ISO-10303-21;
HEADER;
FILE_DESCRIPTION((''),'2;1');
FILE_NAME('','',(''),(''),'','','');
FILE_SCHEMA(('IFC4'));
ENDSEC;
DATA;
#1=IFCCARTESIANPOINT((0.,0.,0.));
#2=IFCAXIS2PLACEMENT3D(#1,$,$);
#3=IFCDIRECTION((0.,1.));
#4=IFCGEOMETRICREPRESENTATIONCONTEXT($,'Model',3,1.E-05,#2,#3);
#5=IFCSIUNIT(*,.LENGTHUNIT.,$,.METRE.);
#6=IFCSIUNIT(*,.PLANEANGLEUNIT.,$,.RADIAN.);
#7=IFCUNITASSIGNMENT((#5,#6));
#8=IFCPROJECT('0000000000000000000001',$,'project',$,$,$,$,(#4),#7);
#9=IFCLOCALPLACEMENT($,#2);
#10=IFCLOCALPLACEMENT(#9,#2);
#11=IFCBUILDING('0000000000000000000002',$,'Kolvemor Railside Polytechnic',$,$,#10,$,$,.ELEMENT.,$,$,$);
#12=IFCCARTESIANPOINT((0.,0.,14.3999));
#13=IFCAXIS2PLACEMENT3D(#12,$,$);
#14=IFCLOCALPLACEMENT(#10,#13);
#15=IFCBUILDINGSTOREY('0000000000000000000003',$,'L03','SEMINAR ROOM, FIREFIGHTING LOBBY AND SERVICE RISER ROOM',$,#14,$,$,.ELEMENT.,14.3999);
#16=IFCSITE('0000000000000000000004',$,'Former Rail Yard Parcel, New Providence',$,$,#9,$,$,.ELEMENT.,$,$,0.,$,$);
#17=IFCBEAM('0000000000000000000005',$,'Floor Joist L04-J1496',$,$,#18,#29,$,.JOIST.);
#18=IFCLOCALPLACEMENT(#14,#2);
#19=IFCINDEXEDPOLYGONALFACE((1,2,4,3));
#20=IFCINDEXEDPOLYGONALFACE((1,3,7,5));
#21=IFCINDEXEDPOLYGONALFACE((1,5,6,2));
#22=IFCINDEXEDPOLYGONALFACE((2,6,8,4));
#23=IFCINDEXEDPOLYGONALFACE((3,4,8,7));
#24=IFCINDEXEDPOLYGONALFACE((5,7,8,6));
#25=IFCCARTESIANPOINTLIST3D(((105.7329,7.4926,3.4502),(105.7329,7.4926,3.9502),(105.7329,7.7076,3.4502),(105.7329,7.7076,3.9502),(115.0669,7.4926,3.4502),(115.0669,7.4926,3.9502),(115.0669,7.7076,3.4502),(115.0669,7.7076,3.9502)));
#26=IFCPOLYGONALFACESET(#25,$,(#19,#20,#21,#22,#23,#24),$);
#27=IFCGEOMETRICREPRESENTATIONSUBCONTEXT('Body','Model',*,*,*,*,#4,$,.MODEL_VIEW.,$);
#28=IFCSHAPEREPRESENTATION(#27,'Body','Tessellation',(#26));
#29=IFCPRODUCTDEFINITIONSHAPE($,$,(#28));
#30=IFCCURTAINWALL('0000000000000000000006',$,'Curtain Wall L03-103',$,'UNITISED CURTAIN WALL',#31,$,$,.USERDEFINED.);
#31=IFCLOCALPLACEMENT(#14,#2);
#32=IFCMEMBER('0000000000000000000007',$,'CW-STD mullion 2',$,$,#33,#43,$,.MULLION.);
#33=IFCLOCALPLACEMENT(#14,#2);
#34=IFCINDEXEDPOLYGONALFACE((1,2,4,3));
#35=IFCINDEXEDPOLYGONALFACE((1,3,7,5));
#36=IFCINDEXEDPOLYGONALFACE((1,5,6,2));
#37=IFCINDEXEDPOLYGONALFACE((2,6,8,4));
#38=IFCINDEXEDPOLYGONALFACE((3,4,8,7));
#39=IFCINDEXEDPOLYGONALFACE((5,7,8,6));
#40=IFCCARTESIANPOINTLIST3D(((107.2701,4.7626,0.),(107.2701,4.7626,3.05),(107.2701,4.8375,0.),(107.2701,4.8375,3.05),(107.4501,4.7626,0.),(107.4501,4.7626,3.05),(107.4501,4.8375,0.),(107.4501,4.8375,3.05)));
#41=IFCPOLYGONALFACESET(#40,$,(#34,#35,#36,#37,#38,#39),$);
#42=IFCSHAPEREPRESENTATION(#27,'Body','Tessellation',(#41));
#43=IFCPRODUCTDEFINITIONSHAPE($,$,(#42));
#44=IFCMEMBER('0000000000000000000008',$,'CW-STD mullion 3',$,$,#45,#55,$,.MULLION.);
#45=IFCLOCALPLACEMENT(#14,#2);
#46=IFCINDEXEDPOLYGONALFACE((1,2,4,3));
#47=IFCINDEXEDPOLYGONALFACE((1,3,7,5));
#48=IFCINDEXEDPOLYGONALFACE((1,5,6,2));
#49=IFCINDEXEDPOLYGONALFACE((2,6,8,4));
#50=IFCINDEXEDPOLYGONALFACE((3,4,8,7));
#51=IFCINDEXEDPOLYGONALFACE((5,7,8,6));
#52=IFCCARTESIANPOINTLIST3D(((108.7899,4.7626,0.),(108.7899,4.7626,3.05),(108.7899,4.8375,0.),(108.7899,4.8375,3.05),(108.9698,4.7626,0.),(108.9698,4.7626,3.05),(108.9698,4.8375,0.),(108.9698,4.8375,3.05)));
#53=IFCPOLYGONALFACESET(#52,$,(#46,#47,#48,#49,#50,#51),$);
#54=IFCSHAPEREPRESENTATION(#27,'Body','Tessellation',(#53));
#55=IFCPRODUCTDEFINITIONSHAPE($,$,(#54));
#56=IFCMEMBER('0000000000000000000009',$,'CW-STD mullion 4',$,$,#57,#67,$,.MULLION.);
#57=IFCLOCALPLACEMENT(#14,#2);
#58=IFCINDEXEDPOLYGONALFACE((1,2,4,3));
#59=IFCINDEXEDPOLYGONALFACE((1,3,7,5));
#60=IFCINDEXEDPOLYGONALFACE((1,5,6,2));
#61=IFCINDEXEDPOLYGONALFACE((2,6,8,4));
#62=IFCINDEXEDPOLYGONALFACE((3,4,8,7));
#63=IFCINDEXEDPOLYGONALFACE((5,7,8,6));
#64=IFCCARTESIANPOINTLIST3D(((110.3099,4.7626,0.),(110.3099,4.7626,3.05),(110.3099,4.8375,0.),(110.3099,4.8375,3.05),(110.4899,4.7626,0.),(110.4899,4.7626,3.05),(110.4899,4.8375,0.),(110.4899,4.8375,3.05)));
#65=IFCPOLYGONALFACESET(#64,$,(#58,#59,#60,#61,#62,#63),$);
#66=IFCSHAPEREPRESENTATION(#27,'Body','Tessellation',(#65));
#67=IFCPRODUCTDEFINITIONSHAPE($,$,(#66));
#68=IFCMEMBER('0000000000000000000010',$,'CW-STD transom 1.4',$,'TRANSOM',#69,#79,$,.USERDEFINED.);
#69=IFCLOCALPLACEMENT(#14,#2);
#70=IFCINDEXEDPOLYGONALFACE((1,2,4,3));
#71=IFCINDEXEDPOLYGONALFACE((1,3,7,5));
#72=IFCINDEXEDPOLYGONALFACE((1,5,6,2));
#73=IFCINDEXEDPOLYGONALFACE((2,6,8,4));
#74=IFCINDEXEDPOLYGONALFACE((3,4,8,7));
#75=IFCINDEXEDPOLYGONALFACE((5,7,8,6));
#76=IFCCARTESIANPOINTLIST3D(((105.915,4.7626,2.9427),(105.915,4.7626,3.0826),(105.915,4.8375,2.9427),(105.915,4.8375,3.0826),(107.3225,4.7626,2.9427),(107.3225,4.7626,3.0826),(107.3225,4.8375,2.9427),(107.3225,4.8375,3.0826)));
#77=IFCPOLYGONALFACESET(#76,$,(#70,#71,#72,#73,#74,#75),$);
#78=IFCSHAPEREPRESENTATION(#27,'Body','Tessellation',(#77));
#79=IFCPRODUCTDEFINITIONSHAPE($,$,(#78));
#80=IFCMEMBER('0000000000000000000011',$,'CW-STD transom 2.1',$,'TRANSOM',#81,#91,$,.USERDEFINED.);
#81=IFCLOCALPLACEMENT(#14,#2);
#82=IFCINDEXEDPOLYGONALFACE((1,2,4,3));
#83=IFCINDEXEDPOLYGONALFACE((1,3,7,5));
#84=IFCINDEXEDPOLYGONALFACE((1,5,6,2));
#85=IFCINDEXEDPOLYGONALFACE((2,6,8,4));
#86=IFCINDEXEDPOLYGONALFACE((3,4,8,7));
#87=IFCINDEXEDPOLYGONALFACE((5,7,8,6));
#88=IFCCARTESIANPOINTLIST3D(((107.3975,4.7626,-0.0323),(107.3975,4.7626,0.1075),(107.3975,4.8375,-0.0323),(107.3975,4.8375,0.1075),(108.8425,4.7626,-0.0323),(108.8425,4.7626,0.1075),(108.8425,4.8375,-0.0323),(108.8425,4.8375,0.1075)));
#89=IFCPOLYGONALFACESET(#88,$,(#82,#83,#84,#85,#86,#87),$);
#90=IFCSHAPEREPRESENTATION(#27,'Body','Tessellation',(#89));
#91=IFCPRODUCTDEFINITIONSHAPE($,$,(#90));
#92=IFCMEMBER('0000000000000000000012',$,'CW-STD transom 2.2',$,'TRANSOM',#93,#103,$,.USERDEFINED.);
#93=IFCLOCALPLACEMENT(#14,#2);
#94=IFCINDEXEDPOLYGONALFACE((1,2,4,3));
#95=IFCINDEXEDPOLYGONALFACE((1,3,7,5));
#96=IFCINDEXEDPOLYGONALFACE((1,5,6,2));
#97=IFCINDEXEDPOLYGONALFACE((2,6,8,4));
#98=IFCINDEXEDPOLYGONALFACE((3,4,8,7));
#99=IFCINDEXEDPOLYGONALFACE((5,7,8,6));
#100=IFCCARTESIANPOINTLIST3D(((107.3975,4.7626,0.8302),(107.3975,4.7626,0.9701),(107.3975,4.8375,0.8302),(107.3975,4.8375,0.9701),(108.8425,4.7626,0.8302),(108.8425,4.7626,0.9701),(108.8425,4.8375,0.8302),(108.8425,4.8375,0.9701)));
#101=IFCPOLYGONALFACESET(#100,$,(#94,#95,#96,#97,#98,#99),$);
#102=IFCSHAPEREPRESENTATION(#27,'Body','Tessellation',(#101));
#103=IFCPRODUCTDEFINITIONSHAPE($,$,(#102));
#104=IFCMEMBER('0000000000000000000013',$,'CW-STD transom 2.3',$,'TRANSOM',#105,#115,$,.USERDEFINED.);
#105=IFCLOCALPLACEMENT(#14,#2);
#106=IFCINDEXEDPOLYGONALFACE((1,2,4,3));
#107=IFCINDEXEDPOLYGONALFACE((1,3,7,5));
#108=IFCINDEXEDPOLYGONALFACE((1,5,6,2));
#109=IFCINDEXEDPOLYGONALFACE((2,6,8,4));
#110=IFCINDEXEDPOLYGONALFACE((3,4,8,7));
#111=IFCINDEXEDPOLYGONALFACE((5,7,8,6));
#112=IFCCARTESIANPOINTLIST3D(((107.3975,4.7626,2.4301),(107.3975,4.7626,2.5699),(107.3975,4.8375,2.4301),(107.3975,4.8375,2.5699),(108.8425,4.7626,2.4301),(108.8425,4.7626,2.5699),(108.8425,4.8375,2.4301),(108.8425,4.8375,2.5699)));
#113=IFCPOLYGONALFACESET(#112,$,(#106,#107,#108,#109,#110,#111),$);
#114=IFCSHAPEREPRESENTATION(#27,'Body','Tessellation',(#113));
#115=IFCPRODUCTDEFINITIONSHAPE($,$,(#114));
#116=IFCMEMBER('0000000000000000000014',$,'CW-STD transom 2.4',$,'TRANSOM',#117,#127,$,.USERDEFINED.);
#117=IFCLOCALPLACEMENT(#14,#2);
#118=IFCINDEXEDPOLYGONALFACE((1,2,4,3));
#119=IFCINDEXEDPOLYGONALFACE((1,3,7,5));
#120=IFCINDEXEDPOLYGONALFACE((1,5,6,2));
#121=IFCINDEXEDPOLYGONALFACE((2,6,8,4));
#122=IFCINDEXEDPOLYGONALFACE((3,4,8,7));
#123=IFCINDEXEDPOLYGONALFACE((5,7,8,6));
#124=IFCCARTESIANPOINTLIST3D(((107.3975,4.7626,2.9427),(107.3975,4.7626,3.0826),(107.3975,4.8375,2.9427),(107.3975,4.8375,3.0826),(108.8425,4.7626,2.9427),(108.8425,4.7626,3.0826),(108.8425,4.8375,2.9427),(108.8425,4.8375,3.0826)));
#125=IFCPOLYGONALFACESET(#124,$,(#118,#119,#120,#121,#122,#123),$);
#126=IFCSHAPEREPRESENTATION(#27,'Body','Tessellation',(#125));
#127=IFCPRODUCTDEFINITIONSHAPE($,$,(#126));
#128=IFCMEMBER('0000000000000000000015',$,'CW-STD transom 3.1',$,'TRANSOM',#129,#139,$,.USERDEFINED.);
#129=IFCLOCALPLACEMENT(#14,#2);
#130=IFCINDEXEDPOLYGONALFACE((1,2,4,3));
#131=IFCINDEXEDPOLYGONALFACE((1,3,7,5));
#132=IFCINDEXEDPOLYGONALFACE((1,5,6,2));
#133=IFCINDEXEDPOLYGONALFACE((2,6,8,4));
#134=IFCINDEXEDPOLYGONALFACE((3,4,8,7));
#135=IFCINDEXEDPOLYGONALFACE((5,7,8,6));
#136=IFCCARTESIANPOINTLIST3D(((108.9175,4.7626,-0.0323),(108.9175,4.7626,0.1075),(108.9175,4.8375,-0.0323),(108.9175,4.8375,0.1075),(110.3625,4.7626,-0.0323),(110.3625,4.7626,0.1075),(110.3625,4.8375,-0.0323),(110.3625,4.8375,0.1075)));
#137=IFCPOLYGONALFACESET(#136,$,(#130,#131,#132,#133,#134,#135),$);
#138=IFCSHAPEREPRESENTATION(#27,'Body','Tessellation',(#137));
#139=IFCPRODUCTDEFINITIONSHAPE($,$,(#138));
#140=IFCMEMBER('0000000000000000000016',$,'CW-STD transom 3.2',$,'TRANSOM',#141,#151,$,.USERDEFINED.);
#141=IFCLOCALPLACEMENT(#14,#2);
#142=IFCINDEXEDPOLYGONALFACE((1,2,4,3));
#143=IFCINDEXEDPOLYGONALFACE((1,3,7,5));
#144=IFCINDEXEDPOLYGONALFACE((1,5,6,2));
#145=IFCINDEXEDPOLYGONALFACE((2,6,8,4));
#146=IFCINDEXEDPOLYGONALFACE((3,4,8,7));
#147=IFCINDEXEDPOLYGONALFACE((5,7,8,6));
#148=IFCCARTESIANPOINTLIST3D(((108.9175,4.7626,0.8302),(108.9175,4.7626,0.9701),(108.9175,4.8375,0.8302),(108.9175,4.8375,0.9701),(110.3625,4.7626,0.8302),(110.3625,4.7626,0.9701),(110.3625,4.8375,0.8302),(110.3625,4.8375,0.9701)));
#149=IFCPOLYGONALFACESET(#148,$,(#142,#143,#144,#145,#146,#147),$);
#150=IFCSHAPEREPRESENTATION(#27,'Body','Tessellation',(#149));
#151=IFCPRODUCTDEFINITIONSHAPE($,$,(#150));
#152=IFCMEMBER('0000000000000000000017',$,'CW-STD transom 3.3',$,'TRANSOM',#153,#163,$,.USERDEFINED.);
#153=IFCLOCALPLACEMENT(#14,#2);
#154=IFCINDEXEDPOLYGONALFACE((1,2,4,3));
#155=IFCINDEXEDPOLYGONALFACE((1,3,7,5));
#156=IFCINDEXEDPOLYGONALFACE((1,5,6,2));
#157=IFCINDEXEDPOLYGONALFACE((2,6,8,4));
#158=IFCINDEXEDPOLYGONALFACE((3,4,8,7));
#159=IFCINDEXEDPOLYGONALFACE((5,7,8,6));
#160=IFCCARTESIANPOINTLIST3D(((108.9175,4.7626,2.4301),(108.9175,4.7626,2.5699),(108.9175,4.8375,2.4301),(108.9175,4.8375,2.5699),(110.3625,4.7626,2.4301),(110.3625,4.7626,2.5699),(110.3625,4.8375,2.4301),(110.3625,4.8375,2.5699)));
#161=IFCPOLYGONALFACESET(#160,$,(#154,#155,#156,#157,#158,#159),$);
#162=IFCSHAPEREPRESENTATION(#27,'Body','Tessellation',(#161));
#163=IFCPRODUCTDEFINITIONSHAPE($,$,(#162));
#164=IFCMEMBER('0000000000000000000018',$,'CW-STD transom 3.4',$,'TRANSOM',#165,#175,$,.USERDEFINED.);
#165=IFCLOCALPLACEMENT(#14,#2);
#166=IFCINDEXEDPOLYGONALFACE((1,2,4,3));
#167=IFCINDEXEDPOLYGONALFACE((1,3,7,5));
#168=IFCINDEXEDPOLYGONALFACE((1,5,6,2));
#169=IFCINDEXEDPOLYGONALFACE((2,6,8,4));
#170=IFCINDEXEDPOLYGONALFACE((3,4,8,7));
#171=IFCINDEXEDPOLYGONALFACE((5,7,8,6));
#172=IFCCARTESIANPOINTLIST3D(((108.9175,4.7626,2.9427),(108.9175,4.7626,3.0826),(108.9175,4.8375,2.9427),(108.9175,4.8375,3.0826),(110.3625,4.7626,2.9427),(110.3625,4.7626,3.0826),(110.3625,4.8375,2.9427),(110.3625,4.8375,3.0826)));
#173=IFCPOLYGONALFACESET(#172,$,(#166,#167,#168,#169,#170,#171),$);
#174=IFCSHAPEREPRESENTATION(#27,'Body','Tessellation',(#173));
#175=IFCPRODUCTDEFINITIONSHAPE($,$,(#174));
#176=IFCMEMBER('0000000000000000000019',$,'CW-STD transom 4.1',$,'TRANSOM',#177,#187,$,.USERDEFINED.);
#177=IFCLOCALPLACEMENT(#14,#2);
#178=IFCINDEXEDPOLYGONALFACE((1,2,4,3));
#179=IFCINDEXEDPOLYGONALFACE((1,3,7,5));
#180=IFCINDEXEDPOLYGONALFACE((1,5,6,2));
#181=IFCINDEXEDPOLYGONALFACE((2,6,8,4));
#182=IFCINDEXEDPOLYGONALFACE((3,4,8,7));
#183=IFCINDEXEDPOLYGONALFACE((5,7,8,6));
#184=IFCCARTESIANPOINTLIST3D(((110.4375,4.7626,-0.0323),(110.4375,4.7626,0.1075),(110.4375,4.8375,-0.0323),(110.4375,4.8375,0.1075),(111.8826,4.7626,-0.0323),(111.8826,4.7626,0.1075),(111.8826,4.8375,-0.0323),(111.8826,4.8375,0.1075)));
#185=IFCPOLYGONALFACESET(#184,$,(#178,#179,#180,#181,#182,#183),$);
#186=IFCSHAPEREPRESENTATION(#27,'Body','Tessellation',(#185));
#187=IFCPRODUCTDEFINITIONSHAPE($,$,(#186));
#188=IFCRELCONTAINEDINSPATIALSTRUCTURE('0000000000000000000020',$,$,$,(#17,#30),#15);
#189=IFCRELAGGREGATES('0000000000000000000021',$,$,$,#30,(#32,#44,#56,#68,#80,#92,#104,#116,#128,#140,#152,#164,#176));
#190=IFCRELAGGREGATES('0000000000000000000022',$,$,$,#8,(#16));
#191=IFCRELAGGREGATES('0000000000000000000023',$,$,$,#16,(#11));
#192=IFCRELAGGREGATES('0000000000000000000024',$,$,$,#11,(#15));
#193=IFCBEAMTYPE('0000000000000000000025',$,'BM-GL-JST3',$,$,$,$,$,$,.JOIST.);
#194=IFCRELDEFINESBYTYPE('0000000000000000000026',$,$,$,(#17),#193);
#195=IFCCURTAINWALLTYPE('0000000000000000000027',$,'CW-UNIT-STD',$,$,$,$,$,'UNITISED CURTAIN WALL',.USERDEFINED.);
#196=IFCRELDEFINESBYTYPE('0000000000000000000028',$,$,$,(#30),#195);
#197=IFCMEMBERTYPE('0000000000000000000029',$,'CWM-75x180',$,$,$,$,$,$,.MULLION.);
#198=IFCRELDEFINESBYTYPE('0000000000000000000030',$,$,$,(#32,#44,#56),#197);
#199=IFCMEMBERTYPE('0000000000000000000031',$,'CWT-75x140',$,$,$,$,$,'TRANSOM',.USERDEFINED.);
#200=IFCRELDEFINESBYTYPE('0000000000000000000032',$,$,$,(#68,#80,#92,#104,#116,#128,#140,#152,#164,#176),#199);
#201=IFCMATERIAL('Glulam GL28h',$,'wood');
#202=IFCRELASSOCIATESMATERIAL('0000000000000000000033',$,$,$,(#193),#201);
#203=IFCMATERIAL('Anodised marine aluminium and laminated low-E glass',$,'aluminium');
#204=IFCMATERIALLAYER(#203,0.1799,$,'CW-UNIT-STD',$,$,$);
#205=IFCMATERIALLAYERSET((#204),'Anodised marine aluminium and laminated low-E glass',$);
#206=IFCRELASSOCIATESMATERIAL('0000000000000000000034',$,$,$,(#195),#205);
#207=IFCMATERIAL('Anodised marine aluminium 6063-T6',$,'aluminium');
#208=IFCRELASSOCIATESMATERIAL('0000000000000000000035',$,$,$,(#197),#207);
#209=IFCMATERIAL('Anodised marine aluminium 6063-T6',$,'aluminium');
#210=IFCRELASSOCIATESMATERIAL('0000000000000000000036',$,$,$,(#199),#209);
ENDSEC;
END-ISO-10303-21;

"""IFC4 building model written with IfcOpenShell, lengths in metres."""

from ifc_helpers import new_model, si_unit, direction, frame, origin, origin_2d, place, context, subcontext, project, spatial, rectangle, extrude, material, layer, layer_set, material_profile, profile_set, type_object, element, aggregate, save


model = new_model("IFC4")

# Units and contexts
model_context = context("Model", 3, precision=1e-05, world=origin(), true_north=direction((0.0, 1.0)))
body_context = subcontext(model_context, "Body", "Model", "MODEL_VIEW")
ifc_project = project(units=[si_unit("LENGTHUNIT", "METRE"), si_unit("PLANEANGLEUNIT", "RADIAN")], contexts=[model_context])

# Site, building, storey
site_placement = place(None, origin())
site = spatial("IfcSite", under=ifc_project, at=site_placement, Name="Former Rail Yard Parcel, New Providence", CompositionType="ELEMENT", RefElevation=0.0)
building_placement = place(site_placement, origin())
building = spatial("IfcBuilding", under=site, at=building_placement, Name="Kolvemor Railside Polytechnic", CompositionType="ELEMENT")
storey_placement = place(building_placement, frame((0.0, 0.0, 14.3999)))
storey = spatial("IfcBuildingStorey", under=building, at=storey_placement, Name="L03", Description="SEMINAR ROOM, FIREFIGHTING LOBBY AND SERVICE RISER ROOM", CompositionType="ELEMENT", Elevation=14.3999)

# Beam
ifc_material_1 = material(Name="Glulam GL28h", Category="wood")
ifc_material_profile_1 = material_profile(ifc_material_1, rectangle(XDim=0.2151, YDim=0.5, at=origin_2d()), Name="GL215x500")
ifc_profile_set_1 = profile_set([ifc_material_profile_1], Name="Glulam GL28h")
beam_type = type_object("IfcBeamType", Name="BM-GL-JST3", PredefinedType="JOIST", material=ifc_profile_set_1)
beam_placement = place(storey_placement, frame((105.7329, 7.6001, 3.7002), z_axis=(1.0, 0.0, 0.0), x_axis=(0.0, 1.0, 0.0)))
element("IfcBeam", 1, at=beam_placement, inside=storey, type_object=beam_type, Name="Floor Joist L04-J1496", PredefinedType="JOIST", context=body_context, shape_type="SweptSolid", body=[
    extrude(rectangle(XDim=0.2151, YDim=0.5, at=origin_2d()), origin(), (0.0, 0.0, 1.0), 9.334),
])

# Curtain wall, members
ifc_material_2 = material(Name="Anodised marine aluminium and laminated low-E glass", Category="aluminium")
ifc_layer_1 = layer(ifc_material_2, 0.1799, Name="CW-UNIT-STD")
ifc_layer_set_1 = layer_set([ifc_layer_1], Name="Anodised marine aluminium and laminated low-E glass")
curtain_wall_type = type_object("IfcCurtainWallType", Name="CW-UNIT-STD", ElementType="UNITISED CURTAIN WALL", PredefinedType="USERDEFINED", material=ifc_layer_set_1)
curtain_wall_placement = place(storey_placement, origin())
curtain_wall = element("IfcCurtainWall", 2, at=curtain_wall_placement, inside=storey, type_object=curtain_wall_type, Name="Curtain Wall L03-103", ObjectType="UNITISED CURTAIN WALL", PredefinedType="USERDEFINED")
ifc_material_3 = material(Name="Anodised marine aluminium 6063-T6", Category="aluminium")
ifc_material_profile_2 = material_profile(ifc_material_3, rectangle(XDim=0.075, YDim=0.1799, at=origin_2d()), Name="CW-MUL-75x180")
ifc_profile_set_2 = profile_set([ifc_material_profile_2], Name="Anodised marine aluminium 6063-T6")
member_type_1 = type_object("IfcMemberType", Name="CWM-75x180", PredefinedType="MULLION", material=ifc_profile_set_2)
member_1_placement = place(storey_placement, frame((107.3601, 4.8, 0.0), z_axis=(0.0, 0.0, 1.0), x_axis=(0.0, 1.0, 0.0)))
member_1 = element("IfcMember", 3, at=member_1_placement, type_object=member_type_1, Name="CW-STD mullion 2", PredefinedType="MULLION", context=body_context, shape_type="SweptSolid", body=[
    extrude(rectangle(XDim=0.075, YDim=0.1799, at=origin_2d()), origin(), (0.0, 0.0, 1.0), 3.05),
])
member_2_placement = place(storey_placement, frame((108.8799, 4.8, 0.0), z_axis=(0.0, 0.0, 1.0), x_axis=(0.0, 1.0, 0.0)))
member_2 = element("IfcMember", 4, at=member_2_placement, type_object=member_type_1, Name="CW-STD mullion 3", PredefinedType="MULLION", context=body_context, shape_type="SweptSolid", body=[
    extrude(rectangle(XDim=0.075, YDim=0.1799, at=origin_2d()), origin(), (0.0, 0.0, 1.0), 3.05),
])
member_3_placement = place(storey_placement, frame((110.3999, 4.8, 0.0), z_axis=(0.0, 0.0, 1.0), x_axis=(0.0, 1.0, 0.0)))
member_3 = element("IfcMember", 5, at=member_3_placement, type_object=member_type_1, Name="CW-STD mullion 4", PredefinedType="MULLION", context=body_context, shape_type="SweptSolid", body=[
    extrude(rectangle(XDim=0.075, YDim=0.1799, at=origin_2d()), origin(), (0.0, 0.0, 1.0), 3.05),
])
ifc_material_4 = material(Name="Anodised marine aluminium 6063-T6", Category="aluminium")
ifc_material_profile_3 = material_profile(ifc_material_4, rectangle(XDim=0.075, YDim=0.1399, at=origin_2d()), Name="CW-TRN-75x140")
ifc_profile_set_3 = profile_set([ifc_material_profile_3], Name="Anodised marine aluminium 6063-T6")
member_type_2 = type_object("IfcMemberType", Name="CWT-75x140", ElementType="TRANSOM", PredefinedType="USERDEFINED", material=ifc_profile_set_3)
member_4_placement = place(storey_placement, frame((105.915, 4.8, 3.0127), z_axis=(1.0, 0.0, 0.0), x_axis=(0.0, 1.0, 0.0)))
member_4 = element("IfcMember", 6, at=member_4_placement, type_object=member_type_2, Name="CW-STD transom 1.4", ObjectType="TRANSOM", PredefinedType="USERDEFINED", context=body_context, shape_type="SweptSolid", body=[
    extrude(rectangle(XDim=0.075, YDim=0.1399, at=origin_2d()), origin(), (0.0, 0.0, 1.0), 1.4075),
])
member_5_placement = place(storey_placement, frame((107.3975, 4.8, 0.0376), z_axis=(1.0, 0.0, 0.0), x_axis=(0.0, 1.0, 0.0)))
member_5 = element("IfcMember", 7, at=member_5_placement, type_object=member_type_2, Name="CW-STD transom 2.1", ObjectType="TRANSOM", PredefinedType="USERDEFINED", context=body_context, shape_type="SweptSolid", body=[
    extrude(rectangle(XDim=0.075, YDim=0.1399, at=origin_2d()), origin(), (0.0, 0.0, 1.0), 1.4451),
])
member_6_placement = place(storey_placement, frame((107.3975, 4.8, 0.9001), z_axis=(1.0, 0.0, 0.0), x_axis=(0.0, 1.0, 0.0)))
member_6 = element("IfcMember", 8, at=member_6_placement, type_object=member_type_2, Name="CW-STD transom 2.2", ObjectType="TRANSOM", PredefinedType="USERDEFINED", context=body_context, shape_type="SweptSolid", body=[
    extrude(rectangle(XDim=0.075, YDim=0.1399, at=origin_2d()), origin(), (0.0, 0.0, 1.0), 1.4451),
])
member_7_placement = place(storey_placement, frame((107.3975, 4.8, 2.5), z_axis=(1.0, 0.0, 0.0), x_axis=(0.0, 1.0, 0.0)))
member_7 = element("IfcMember", 9, at=member_7_placement, type_object=member_type_2, Name="CW-STD transom 2.3", ObjectType="TRANSOM", PredefinedType="USERDEFINED", context=body_context, shape_type="SweptSolid", body=[
    extrude(rectangle(XDim=0.075, YDim=0.1399, at=origin_2d()), origin(), (0.0, 0.0, 1.0), 1.4451),
])
member_8_placement = place(storey_placement, frame((107.3975, 4.8, 3.0127), z_axis=(1.0, 0.0, 0.0), x_axis=(0.0, 1.0, 0.0)))
member_8 = element("IfcMember", 10, at=member_8_placement, type_object=member_type_2, Name="CW-STD transom 2.4", ObjectType="TRANSOM", PredefinedType="USERDEFINED", context=body_context, shape_type="SweptSolid", body=[
    extrude(rectangle(XDim=0.075, YDim=0.1399, at=origin_2d()), origin(), (0.0, 0.0, 1.0), 1.4451),
])
member_9_placement = place(storey_placement, frame((108.9175, 4.8, 0.0376), z_axis=(1.0, 0.0, 0.0), x_axis=(0.0, 1.0, 0.0)))
member_9 = element("IfcMember", 11, at=member_9_placement, type_object=member_type_2, Name="CW-STD transom 3.1", ObjectType="TRANSOM", PredefinedType="USERDEFINED", context=body_context, shape_type="SweptSolid", body=[
    extrude(rectangle(XDim=0.075, YDim=0.1399, at=origin_2d()), origin(), (0.0, 0.0, 1.0), 1.4451),
])
member_10_placement = place(storey_placement, frame((108.9175, 4.8, 0.9001), z_axis=(1.0, 0.0, 0.0), x_axis=(0.0, 1.0, 0.0)))
member_10 = element("IfcMember", 12, at=member_10_placement, type_object=member_type_2, Name="CW-STD transom 3.2", ObjectType="TRANSOM", PredefinedType="USERDEFINED", context=body_context, shape_type="SweptSolid", body=[
    extrude(rectangle(XDim=0.075, YDim=0.1399, at=origin_2d()), origin(), (0.0, 0.0, 1.0), 1.4451),
])
member_11_placement = place(storey_placement, frame((108.9175, 4.8, 2.5), z_axis=(1.0, 0.0, 0.0), x_axis=(0.0, 1.0, 0.0)))
member_11 = element("IfcMember", 13, at=member_11_placement, type_object=member_type_2, Name="CW-STD transom 3.3", ObjectType="TRANSOM", PredefinedType="USERDEFINED", context=body_context, shape_type="SweptSolid", body=[
    extrude(rectangle(XDim=0.075, YDim=0.1399, at=origin_2d()), origin(), (0.0, 0.0, 1.0), 1.4451),
])
member_12_placement = place(storey_placement, frame((108.9175, 4.8, 3.0127), z_axis=(1.0, 0.0, 0.0), x_axis=(0.0, 1.0, 0.0)))
member_12 = element("IfcMember", 14, at=member_12_placement, type_object=member_type_2, Name="CW-STD transom 3.4", ObjectType="TRANSOM", PredefinedType="USERDEFINED", context=body_context, shape_type="SweptSolid", body=[
    extrude(rectangle(XDim=0.075, YDim=0.1399, at=origin_2d()), origin(), (0.0, 0.0, 1.0), 1.4451),
])
member_13_placement = place(storey_placement, frame((110.4375, 4.8, 0.0376), z_axis=(1.0, 0.0, 0.0), x_axis=(0.0, 1.0, 0.0)))
member_13 = element("IfcMember", 15, at=member_13_placement, type_object=member_type_2, Name="CW-STD transom 4.1", ObjectType="TRANSOM", PredefinedType="USERDEFINED", context=body_context, shape_type="SweptSolid", body=[
    extrude(rectangle(XDim=0.075, YDim=0.1399, at=origin_2d()), origin(), (0.0, 0.0, 1.0), 1.4451),
])
aggregate(curtain_wall, [member_1, member_2, member_3, member_4, member_5, member_6, member_7, member_8, member_9, member_10, member_11, member_12, member_13])

save(model, "model.ifc")
